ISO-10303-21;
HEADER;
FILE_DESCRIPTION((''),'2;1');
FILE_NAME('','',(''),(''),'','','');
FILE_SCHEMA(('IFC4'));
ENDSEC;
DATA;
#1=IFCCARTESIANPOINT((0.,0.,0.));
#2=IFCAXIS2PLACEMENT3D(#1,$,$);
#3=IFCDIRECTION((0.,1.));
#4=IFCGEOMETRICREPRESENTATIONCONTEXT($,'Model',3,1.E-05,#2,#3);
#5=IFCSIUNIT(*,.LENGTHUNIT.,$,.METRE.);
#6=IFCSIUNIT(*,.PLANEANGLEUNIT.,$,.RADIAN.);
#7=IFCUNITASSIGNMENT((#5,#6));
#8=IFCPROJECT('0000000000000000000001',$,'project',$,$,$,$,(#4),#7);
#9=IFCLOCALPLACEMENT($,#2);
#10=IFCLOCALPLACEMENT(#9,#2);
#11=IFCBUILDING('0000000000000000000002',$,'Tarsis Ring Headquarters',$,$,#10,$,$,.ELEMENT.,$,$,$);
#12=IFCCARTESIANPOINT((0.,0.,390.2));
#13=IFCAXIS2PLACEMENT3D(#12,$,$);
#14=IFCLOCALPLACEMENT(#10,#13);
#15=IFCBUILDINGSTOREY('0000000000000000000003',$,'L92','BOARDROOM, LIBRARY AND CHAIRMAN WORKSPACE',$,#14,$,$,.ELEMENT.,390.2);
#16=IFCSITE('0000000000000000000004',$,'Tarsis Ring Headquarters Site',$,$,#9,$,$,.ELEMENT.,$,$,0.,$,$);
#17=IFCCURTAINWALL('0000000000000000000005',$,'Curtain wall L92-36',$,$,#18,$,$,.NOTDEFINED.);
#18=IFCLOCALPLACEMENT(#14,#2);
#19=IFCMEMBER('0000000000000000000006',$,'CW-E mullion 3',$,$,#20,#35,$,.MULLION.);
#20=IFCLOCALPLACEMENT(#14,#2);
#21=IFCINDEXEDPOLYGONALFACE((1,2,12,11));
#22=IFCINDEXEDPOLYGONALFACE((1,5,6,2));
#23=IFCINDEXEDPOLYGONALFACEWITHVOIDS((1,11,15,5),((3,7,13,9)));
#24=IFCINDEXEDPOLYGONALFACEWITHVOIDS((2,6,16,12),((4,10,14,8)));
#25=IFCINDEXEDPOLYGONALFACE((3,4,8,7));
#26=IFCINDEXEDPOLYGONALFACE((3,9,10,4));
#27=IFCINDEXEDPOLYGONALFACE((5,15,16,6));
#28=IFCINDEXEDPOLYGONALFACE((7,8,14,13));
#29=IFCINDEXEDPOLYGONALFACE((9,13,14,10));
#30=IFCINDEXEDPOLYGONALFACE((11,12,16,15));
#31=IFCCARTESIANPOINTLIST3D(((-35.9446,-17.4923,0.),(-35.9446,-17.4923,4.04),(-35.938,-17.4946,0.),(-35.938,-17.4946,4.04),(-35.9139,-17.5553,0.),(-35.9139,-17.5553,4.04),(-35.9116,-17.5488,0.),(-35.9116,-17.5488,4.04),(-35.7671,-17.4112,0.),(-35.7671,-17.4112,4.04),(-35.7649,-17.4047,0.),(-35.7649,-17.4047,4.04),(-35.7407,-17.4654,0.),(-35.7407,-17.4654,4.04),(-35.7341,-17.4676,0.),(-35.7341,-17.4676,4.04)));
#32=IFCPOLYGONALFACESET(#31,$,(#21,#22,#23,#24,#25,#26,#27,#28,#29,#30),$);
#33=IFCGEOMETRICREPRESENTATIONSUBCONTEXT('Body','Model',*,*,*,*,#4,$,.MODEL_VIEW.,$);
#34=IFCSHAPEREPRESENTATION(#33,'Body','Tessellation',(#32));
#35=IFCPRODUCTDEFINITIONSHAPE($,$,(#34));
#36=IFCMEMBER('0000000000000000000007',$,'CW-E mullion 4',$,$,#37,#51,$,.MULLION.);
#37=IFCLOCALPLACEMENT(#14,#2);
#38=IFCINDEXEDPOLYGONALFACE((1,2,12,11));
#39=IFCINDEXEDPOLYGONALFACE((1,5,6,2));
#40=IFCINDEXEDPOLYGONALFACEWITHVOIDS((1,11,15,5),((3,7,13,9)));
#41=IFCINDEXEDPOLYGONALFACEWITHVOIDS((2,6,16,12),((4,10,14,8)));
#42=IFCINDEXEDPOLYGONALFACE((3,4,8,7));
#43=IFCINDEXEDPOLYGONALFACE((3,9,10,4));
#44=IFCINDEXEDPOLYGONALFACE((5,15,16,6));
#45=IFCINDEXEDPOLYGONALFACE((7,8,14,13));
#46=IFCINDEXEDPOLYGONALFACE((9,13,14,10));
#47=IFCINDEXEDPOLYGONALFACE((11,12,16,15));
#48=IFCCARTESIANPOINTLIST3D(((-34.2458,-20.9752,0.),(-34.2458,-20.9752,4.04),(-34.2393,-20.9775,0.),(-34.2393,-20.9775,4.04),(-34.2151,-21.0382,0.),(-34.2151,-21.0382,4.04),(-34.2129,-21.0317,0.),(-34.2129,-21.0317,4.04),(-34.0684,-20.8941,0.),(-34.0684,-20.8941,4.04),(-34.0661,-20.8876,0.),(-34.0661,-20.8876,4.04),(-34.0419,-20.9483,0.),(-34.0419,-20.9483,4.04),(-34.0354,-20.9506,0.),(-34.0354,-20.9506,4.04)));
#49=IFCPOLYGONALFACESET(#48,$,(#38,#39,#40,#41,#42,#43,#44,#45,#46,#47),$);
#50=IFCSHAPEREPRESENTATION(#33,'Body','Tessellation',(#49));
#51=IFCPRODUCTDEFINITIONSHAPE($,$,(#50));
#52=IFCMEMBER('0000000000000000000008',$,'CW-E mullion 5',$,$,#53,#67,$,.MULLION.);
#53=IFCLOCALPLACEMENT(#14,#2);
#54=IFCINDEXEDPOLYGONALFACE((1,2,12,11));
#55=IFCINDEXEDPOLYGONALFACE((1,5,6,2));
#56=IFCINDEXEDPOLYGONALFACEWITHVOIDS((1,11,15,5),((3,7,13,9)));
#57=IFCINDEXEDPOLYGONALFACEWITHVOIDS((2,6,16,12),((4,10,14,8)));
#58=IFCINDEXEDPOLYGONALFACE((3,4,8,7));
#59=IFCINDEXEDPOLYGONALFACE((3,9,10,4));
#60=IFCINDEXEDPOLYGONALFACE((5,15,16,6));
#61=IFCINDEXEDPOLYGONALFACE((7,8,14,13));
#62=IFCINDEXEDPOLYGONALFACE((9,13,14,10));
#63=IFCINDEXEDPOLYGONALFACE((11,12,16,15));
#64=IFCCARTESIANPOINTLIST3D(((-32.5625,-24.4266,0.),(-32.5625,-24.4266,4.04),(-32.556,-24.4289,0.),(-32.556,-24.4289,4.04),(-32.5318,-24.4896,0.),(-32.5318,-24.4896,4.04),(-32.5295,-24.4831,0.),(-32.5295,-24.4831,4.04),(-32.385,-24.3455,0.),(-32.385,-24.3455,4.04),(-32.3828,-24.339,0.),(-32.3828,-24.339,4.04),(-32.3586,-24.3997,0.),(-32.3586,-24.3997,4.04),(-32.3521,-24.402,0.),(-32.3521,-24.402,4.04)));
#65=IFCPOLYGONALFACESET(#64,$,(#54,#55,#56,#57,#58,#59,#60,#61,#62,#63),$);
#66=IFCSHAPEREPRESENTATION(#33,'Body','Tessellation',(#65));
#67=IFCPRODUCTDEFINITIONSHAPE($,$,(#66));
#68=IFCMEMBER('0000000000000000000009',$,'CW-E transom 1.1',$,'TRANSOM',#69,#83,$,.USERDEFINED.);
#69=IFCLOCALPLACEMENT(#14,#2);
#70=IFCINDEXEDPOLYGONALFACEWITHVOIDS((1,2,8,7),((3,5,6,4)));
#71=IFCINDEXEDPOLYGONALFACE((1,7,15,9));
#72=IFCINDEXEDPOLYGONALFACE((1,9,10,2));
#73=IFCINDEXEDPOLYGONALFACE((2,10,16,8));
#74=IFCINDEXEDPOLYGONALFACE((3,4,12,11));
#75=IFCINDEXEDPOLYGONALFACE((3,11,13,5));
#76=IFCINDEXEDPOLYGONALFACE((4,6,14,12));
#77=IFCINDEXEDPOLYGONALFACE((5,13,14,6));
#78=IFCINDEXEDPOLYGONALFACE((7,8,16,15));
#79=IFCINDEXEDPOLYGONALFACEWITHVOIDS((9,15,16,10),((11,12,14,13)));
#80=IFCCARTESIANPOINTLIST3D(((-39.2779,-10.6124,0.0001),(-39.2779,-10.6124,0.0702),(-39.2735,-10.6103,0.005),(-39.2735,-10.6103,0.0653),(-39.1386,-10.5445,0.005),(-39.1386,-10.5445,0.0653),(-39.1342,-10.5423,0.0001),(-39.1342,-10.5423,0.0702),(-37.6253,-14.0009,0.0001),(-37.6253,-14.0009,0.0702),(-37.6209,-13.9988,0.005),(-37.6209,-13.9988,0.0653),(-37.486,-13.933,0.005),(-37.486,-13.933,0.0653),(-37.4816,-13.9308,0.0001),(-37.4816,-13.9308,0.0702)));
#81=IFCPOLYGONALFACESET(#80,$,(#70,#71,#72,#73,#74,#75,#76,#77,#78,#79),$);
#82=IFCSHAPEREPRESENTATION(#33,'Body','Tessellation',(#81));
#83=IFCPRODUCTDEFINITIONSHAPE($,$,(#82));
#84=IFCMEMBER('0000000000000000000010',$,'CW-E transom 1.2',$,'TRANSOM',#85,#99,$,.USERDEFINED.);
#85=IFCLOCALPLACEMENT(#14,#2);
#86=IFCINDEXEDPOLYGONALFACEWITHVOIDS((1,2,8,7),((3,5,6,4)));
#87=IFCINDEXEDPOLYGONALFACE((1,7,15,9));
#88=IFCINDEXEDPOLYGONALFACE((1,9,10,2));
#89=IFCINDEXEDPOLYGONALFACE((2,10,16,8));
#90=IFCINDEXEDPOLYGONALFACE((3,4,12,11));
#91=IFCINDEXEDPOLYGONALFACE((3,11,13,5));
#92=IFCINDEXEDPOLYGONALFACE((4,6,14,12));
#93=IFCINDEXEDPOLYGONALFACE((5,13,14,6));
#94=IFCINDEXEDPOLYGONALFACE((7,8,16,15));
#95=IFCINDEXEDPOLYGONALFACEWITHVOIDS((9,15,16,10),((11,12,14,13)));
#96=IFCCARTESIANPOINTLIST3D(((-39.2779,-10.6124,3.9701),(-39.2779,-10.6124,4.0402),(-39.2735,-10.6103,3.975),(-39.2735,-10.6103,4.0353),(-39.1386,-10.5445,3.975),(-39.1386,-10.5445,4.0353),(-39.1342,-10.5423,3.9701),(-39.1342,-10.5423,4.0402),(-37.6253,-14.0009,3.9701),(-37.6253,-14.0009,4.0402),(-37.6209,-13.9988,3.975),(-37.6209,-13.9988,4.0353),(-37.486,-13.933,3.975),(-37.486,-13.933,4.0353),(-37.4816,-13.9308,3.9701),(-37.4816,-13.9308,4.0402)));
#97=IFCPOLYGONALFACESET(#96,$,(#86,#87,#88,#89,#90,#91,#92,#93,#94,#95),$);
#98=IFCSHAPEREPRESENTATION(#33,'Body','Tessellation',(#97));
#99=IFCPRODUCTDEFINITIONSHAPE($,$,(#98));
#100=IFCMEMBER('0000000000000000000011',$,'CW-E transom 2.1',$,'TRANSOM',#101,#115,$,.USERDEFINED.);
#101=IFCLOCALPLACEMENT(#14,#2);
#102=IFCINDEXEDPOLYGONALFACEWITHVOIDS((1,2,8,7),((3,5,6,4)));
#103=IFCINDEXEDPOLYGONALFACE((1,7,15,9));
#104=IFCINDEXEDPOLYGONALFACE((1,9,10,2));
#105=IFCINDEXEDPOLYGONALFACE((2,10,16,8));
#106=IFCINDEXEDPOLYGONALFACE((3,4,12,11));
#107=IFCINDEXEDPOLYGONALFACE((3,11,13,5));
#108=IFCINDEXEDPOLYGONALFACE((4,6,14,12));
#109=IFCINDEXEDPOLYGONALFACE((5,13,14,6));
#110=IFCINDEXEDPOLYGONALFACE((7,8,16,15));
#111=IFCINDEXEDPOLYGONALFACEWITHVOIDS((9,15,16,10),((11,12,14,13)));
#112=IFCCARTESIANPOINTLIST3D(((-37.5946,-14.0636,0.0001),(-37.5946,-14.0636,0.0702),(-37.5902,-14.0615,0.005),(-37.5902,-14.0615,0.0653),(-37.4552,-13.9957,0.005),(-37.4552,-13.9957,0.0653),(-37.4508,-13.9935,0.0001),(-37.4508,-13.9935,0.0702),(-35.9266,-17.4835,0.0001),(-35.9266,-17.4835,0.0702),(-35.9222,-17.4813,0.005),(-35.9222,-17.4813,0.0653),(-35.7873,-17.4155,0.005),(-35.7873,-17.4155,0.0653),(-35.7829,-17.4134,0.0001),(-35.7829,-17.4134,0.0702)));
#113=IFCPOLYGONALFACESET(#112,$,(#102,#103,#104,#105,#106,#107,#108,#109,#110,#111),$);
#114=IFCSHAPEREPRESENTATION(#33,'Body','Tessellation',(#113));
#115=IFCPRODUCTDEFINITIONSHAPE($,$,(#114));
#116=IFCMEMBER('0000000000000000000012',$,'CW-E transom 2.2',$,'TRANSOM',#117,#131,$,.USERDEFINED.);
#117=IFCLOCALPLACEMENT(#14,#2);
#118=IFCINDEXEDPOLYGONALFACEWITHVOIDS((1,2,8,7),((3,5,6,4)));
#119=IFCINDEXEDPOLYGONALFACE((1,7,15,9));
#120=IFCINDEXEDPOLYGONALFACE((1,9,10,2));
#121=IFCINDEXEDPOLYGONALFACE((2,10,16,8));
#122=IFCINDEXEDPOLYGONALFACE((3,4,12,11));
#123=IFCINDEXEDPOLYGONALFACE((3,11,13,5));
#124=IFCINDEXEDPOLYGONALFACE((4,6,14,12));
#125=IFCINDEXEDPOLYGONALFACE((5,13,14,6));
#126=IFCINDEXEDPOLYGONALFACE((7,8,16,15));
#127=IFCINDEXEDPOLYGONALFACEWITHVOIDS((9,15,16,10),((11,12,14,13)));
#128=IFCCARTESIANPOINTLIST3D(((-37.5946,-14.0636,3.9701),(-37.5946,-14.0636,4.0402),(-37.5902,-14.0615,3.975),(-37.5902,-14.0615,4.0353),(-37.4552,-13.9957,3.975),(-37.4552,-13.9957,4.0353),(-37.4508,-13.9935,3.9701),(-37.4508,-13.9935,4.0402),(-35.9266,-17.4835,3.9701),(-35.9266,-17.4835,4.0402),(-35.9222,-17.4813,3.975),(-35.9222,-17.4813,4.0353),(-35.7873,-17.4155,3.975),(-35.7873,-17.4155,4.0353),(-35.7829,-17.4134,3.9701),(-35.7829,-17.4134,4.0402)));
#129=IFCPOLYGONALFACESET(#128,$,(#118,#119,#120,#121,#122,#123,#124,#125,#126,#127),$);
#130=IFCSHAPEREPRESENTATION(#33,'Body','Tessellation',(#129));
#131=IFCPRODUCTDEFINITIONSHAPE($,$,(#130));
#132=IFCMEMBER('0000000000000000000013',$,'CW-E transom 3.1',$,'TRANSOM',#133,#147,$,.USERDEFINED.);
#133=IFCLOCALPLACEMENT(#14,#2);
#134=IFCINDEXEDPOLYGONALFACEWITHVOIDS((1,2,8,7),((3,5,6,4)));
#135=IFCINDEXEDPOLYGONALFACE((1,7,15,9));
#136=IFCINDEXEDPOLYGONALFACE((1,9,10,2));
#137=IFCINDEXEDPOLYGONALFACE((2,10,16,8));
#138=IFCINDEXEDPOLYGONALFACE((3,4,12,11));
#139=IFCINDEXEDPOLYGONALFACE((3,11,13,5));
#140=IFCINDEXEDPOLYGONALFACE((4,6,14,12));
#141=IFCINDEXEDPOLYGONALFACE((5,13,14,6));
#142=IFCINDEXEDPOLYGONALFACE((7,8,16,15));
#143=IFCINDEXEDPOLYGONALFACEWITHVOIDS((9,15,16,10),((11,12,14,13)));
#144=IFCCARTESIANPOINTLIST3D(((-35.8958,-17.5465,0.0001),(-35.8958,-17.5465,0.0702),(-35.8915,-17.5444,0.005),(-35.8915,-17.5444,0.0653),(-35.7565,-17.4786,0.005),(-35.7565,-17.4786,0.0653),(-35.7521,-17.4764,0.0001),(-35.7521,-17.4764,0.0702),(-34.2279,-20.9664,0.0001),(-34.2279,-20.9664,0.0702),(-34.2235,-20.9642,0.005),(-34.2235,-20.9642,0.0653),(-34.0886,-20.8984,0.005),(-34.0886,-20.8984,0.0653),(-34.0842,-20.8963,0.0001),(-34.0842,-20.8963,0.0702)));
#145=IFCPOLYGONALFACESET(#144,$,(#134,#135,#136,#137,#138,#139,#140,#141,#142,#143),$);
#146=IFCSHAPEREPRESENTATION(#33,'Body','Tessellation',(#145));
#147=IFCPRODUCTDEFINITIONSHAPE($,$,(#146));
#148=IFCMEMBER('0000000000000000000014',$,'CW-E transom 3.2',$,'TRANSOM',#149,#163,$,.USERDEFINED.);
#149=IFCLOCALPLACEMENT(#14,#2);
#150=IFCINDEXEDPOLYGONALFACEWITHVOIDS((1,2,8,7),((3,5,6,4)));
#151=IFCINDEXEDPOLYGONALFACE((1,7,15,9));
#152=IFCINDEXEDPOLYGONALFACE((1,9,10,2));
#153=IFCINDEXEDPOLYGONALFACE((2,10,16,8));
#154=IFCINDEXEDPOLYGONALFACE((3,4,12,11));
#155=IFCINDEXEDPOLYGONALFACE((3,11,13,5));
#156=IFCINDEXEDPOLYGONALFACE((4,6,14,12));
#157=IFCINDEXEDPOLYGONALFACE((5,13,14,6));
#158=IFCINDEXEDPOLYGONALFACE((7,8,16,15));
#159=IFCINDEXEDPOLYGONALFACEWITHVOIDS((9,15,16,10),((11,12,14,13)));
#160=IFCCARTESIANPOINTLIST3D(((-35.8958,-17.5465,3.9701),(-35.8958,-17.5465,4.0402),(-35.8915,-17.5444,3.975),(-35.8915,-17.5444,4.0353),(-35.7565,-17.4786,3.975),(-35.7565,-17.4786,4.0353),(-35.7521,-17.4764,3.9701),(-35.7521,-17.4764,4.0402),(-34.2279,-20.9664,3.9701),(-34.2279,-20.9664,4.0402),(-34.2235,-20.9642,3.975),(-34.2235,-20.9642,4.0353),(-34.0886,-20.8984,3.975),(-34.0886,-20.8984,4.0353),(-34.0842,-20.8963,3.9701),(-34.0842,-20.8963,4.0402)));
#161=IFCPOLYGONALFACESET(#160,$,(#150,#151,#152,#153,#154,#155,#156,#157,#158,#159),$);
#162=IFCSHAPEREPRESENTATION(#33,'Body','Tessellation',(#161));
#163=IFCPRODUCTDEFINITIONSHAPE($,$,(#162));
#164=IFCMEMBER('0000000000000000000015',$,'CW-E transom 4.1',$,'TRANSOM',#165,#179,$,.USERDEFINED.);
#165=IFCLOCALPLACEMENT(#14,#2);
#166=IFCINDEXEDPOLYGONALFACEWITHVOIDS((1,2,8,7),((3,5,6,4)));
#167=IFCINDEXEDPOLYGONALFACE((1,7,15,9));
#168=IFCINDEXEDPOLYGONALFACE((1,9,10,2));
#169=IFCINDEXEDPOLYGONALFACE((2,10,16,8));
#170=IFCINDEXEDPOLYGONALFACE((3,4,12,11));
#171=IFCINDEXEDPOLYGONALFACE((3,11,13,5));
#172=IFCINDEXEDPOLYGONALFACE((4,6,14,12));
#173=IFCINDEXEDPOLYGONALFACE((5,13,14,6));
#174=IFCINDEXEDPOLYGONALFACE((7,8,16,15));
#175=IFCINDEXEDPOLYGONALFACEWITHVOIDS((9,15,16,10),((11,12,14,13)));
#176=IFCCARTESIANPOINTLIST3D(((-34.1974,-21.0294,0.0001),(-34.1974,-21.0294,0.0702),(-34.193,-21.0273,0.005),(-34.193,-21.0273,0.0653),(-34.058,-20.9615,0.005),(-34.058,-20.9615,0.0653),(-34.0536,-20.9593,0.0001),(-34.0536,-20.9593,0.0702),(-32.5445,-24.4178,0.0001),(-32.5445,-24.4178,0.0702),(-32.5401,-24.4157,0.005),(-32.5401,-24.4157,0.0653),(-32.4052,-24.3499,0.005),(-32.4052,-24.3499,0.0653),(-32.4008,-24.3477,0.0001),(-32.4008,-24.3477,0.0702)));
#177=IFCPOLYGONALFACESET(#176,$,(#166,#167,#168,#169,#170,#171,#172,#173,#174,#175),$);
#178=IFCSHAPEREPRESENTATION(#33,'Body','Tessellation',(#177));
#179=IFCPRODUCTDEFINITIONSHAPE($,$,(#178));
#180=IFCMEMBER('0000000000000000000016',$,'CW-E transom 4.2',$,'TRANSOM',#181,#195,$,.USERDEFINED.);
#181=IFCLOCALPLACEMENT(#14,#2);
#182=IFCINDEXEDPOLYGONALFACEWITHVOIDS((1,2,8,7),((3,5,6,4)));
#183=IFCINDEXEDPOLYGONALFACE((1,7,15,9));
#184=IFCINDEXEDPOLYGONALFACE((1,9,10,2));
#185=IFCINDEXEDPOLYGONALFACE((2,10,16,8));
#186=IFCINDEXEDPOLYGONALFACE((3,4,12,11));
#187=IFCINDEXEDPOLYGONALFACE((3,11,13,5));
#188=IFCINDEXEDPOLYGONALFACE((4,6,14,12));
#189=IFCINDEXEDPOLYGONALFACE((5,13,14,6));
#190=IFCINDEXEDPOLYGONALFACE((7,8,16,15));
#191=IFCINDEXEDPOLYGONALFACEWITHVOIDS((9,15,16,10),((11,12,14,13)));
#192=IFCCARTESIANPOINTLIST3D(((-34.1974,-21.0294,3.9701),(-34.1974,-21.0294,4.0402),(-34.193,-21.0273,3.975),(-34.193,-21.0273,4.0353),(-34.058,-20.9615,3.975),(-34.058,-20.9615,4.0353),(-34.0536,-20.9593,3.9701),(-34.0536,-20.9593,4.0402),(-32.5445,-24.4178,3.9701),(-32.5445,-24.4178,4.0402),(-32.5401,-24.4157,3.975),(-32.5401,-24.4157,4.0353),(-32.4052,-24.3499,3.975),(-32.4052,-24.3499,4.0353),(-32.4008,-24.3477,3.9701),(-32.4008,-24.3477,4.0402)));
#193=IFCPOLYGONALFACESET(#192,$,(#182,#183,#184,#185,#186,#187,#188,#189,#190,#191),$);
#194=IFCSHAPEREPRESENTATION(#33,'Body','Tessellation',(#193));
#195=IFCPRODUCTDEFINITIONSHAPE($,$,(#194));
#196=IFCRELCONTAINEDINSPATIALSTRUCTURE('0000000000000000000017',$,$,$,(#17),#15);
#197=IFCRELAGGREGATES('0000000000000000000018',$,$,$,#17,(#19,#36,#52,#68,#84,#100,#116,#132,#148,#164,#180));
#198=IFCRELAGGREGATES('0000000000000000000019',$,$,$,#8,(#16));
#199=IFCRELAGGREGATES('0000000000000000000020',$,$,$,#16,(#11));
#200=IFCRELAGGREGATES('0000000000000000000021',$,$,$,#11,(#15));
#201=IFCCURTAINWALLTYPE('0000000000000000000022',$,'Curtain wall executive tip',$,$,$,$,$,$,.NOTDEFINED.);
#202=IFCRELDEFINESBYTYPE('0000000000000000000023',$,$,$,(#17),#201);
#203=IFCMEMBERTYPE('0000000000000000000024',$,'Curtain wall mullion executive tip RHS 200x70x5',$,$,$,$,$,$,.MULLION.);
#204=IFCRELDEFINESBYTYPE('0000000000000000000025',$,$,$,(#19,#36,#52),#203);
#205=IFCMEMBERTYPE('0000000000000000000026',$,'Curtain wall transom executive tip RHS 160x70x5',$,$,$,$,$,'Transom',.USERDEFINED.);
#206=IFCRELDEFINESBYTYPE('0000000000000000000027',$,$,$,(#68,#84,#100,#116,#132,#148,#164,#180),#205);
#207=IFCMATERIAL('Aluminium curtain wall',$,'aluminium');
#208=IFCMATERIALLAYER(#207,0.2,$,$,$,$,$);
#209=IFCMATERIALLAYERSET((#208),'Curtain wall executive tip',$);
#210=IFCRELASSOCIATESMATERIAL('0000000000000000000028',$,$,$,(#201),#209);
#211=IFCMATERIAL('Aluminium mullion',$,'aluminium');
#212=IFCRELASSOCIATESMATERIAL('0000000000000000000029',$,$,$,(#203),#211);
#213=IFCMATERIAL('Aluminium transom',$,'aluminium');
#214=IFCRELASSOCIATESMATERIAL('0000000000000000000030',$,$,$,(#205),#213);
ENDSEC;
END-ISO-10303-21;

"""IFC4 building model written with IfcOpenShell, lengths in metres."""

from ifc_helpers import new_model, si_unit, direction, frame, origin, origin_2d, place, context, subcontext, project, spatial, hollow_rectangle, extrude, material, layer, layer_set, material_profile, profile_set, type_object, element, aggregate, save


model = new_model("IFC4")

# Units and contexts
model_context = context("Model", 3, precision=1e-05, world=origin(), true_north=direction((0.0, 1.0)))
body_context = subcontext(model_context, "Body", "Model", "MODEL_VIEW")
ifc_project = project(units=[si_unit("LENGTHUNIT", "METRE"), si_unit("PLANEANGLEUNIT", "RADIAN")], contexts=[model_context])

# Site, building, storey
site_placement = place(None, origin())
site = spatial("IfcSite", under=ifc_project, at=site_placement, Name="Tarsis Ring Headquarters Site", CompositionType="ELEMENT", RefElevation=0.0)
building_placement = place(site_placement, origin())
building = spatial("IfcBuilding", under=site, at=building_placement, Name="Tarsis Ring Headquarters", CompositionType="ELEMENT")
storey_placement = place(building_placement, frame((0.0, 0.0, 390.2)))
storey = spatial("IfcBuildingStorey", under=building, at=storey_placement, Name="L92", Description="BOARDROOM, LIBRARY AND CHAIRMAN WORKSPACE", CompositionType="ELEMENT", Elevation=390.2)

# Curtain wall, members
ifc_material_1 = material(Name="Aluminium curtain wall", Category="aluminium")
ifc_layer_1 = layer(ifc_material_1, 0.2)
ifc_layer_set_1 = layer_set([ifc_layer_1], Name="Curtain wall executive tip")
curtain_wall_type = type_object("IfcCurtainWallType", Name="Curtain wall executive tip", PredefinedType="NOTDEFINED", material=ifc_layer_set_1)
curtain_wall_placement = place(storey_placement, origin())
curtain_wall = element("IfcCurtainWall", 1, at=curtain_wall_placement, inside=storey, type_object=curtain_wall_type, Name="Curtain wall L92-36", PredefinedType="NOTDEFINED")
ifc_material_2 = material(Name="Aluminium mullion", Category="aluminium")
ifc_material_profile_1 = material_profile(ifc_material_2, hollow_rectangle(XDim=0.2, YDim=0.0701, WallThickness=0.0049, at=origin_2d()), Name="RHS 200x70x5")
ifc_profile_set_1 = profile_set([ifc_material_profile_1], Name="Aluminium mullion")
member_type_1 = type_object("IfcMemberType", Name="Curtain wall mullion executive tip RHS 200x70x5", PredefinedType="MULLION", material=ifc_profile_set_1)
member_1_placement = place(storey_placement, frame((-35.8394, -17.48, 0.0), z_axis=(0.0, 0.0, 1.0), x_axis=(0.898794, 0.438371, 0.0)))
member_1 = element("IfcMember", 2, at=member_1_placement, type_object=member_type_1, Name="CW-E mullion 3", PredefinedType="MULLION", context=body_context, shape_type="SweptSolid", body=[
    extrude(hollow_rectangle(XDim=0.2, YDim=0.0701, WallThickness=0.0049, at=origin_2d()), origin(), (0.0, 0.0, 1.0), 4.04),
])
member_2_placement = place(storey_placement, frame((-34.1406, -20.9629, 0.0), z_axis=(0.0, 0.0, 1.0), x_axis=(0.898794, 0.438371, 0.0)))
member_2 = element("IfcMember", 3, at=member_2_placement, type_object=member_type_1, Name="CW-E mullion 4", PredefinedType="MULLION", context=body_context, shape_type="SweptSolid", body=[
    extrude(hollow_rectangle(XDim=0.2, YDim=0.0701, WallThickness=0.0049, at=origin_2d()), origin(), (0.0, 0.0, 1.0), 4.04),
])
member_3_placement = place(storey_placement, frame((-32.4573, -24.4143, 0.0), z_axis=(0.0, 0.0, 1.0), x_axis=(0.898794, 0.438371, 0.0)))
member_3 = element("IfcMember", 4, at=member_3_placement, type_object=member_type_1, Name="CW-E mullion 5", PredefinedType="MULLION", context=body_context, shape_type="SweptSolid", body=[
    extrude(hollow_rectangle(XDim=0.2, YDim=0.0701, WallThickness=0.0049, at=origin_2d()), origin(), (0.0, 0.0, 1.0), 4.04),
])
ifc_material_3 = material(Name="Aluminium transom", Category="aluminium")
ifc_material_profile_2 = material_profile(ifc_material_3, hollow_rectangle(XDim=0.1599, YDim=0.0701, WallThickness=0.0049, at=origin_2d()), Name="RHS 160x70x5")
ifc_profile_set_2 = profile_set([ifc_material_profile_2], Name="Aluminium transom")
member_type_2 = type_object("IfcMemberType", Name="Curtain wall transom executive tip RHS 160x70x5", ElementType="Transom", PredefinedType="USERDEFINED", material=ifc_profile_set_2)
member_4_placement = place(storey_placement, frame((-39.2061, -10.5774, 0.0352), z_axis=(0.438359, -0.8988, 0.0), x_axis=(0.8988, 0.438359, 0.0)))
member_4 = element("IfcMember", 5, at=member_4_placement, type_object=member_type_2, Name="CW-E transom 1.1", ObjectType="TRANSOM", PredefinedType="USERDEFINED", context=body_context, shape_type="SweptSolid", body=[
    extrude(hollow_rectangle(XDim=0.1599, YDim=0.0701, WallThickness=0.0049, at=origin_2d()), origin(), (0.0, 0.0, 1.0), 3.77),
])
member_5_placement = place(storey_placement, frame((-39.2061, -10.5774, 4.0051), z_axis=(0.438359, -0.8988, 0.0), x_axis=(0.8988, 0.438359, 0.0)))
member_5 = element("IfcMember", 6, at=member_5_placement, type_object=member_type_2, Name="CW-E transom 1.2", ObjectType="TRANSOM", PredefinedType="USERDEFINED", context=body_context, shape_type="SweptSolid", body=[
    extrude(hollow_rectangle(XDim=0.1599, YDim=0.0701, WallThickness=0.0049, at=origin_2d()), origin(), (0.0, 0.0, 1.0), 3.77),
])
member_6_placement = place(storey_placement, frame((-37.5227, -14.0286, 0.0352), z_axis=(0.438363, -0.898798, 0.0), x_axis=(0.898798, 0.438363, 0.0)))
member_6 = element("IfcMember", 7, at=member_6_placement, type_object=member_type_2, Name="CW-E transom 2.1", ObjectType="TRANSOM", PredefinedType="USERDEFINED", context=body_context, shape_type="SweptSolid", body=[
    extrude(hollow_rectangle(XDim=0.1599, YDim=0.0701, WallThickness=0.0049, at=origin_2d()), origin(), (0.0, 0.0, 1.0), 3.8049),
])
member_7_placement = place(storey_placement, frame((-37.5227, -14.0286, 4.0051), z_axis=(0.438363, -0.898798, 0.0), x_axis=(0.898798, 0.438363, 0.0)))
member_7 = element("IfcMember", 8, at=member_7_placement, type_object=member_type_2, Name="CW-E transom 2.2", ObjectType="TRANSOM", PredefinedType="USERDEFINED", context=body_context, shape_type="SweptSolid", body=[
    extrude(hollow_rectangle(XDim=0.1599, YDim=0.0701, WallThickness=0.0049, at=origin_2d()), origin(), (0.0, 0.0, 1.0), 3.8049),
])
member_8_placement = place(storey_placement, frame((-35.824, -17.5115, 0.0352), z_axis=(0.438363, -0.898798, 0.0), x_axis=(0.898798, 0.438363, 0.0)))
member_8 = element("IfcMember", 9, at=member_8_placement, type_object=member_type_2, Name="CW-E transom 3.1", ObjectType="TRANSOM", PredefinedType="USERDEFINED", context=body_context, shape_type="SweptSolid", body=[
    extrude(hollow_rectangle(XDim=0.1599, YDim=0.0701, WallThickness=0.0049, at=origin_2d()), origin(), (0.0, 0.0, 1.0), 3.8049),
])
member_9_placement = place(storey_placement, frame((-35.824, -17.5115, 4.0051), z_axis=(0.438363, -0.898798, 0.0), x_axis=(0.898798, 0.438363, 0.0)))
member_9 = element("IfcMember", 10, at=member_9_placement, type_object=member_type_2, Name="CW-E transom 3.2", ObjectType="TRANSOM", PredefinedType="USERDEFINED", context=body_context, shape_type="SweptSolid", body=[
    extrude(hollow_rectangle(XDim=0.1599, YDim=0.0701, WallThickness=0.0049, at=origin_2d()), origin(), (0.0, 0.0, 1.0), 3.8049),
])
member_10_placement = place(storey_placement, frame((-34.1255, -20.9944, 0.0352), z_axis=(0.438411, -0.898775, 0.0), x_axis=(0.898775, 0.438411, 0.0)))
member_10 = element("IfcMember", 11, at=member_10_placement, type_object=member_type_2, Name="CW-E transom 4.1", ObjectType="TRANSOM", PredefinedType="USERDEFINED", context=body_context, shape_type="SweptSolid", body=[
    extrude(hollow_rectangle(XDim=0.1599, YDim=0.0701, WallThickness=0.0049, at=origin_2d()), origin(), (0.0, 0.0, 1.0), 3.77),
])
member_11_placement = place(storey_placement, frame((-34.1255, -20.9944, 4.0051), z_axis=(0.438411, -0.898775, 0.0), x_axis=(0.898775, 0.438411, 0.0)))
member_11 = element("IfcMember", 12, at=member_11_placement, type_object=member_type_2, Name="CW-E transom 4.2", ObjectType="TRANSOM", PredefinedType="USERDEFINED", context=body_context, shape_type="SweptSolid", body=[
    extrude(hollow_rectangle(XDim=0.1599, YDim=0.0701, WallThickness=0.0049, at=origin_2d()), origin(), (0.0, 0.0, 1.0), 3.77),
])

aggregate(curtain_wall, [member_1, member_2, member_3, member_4, member_5, member_6, member_7, member_8, member_9, member_10, member_11])

save(model, "model.ifc")
